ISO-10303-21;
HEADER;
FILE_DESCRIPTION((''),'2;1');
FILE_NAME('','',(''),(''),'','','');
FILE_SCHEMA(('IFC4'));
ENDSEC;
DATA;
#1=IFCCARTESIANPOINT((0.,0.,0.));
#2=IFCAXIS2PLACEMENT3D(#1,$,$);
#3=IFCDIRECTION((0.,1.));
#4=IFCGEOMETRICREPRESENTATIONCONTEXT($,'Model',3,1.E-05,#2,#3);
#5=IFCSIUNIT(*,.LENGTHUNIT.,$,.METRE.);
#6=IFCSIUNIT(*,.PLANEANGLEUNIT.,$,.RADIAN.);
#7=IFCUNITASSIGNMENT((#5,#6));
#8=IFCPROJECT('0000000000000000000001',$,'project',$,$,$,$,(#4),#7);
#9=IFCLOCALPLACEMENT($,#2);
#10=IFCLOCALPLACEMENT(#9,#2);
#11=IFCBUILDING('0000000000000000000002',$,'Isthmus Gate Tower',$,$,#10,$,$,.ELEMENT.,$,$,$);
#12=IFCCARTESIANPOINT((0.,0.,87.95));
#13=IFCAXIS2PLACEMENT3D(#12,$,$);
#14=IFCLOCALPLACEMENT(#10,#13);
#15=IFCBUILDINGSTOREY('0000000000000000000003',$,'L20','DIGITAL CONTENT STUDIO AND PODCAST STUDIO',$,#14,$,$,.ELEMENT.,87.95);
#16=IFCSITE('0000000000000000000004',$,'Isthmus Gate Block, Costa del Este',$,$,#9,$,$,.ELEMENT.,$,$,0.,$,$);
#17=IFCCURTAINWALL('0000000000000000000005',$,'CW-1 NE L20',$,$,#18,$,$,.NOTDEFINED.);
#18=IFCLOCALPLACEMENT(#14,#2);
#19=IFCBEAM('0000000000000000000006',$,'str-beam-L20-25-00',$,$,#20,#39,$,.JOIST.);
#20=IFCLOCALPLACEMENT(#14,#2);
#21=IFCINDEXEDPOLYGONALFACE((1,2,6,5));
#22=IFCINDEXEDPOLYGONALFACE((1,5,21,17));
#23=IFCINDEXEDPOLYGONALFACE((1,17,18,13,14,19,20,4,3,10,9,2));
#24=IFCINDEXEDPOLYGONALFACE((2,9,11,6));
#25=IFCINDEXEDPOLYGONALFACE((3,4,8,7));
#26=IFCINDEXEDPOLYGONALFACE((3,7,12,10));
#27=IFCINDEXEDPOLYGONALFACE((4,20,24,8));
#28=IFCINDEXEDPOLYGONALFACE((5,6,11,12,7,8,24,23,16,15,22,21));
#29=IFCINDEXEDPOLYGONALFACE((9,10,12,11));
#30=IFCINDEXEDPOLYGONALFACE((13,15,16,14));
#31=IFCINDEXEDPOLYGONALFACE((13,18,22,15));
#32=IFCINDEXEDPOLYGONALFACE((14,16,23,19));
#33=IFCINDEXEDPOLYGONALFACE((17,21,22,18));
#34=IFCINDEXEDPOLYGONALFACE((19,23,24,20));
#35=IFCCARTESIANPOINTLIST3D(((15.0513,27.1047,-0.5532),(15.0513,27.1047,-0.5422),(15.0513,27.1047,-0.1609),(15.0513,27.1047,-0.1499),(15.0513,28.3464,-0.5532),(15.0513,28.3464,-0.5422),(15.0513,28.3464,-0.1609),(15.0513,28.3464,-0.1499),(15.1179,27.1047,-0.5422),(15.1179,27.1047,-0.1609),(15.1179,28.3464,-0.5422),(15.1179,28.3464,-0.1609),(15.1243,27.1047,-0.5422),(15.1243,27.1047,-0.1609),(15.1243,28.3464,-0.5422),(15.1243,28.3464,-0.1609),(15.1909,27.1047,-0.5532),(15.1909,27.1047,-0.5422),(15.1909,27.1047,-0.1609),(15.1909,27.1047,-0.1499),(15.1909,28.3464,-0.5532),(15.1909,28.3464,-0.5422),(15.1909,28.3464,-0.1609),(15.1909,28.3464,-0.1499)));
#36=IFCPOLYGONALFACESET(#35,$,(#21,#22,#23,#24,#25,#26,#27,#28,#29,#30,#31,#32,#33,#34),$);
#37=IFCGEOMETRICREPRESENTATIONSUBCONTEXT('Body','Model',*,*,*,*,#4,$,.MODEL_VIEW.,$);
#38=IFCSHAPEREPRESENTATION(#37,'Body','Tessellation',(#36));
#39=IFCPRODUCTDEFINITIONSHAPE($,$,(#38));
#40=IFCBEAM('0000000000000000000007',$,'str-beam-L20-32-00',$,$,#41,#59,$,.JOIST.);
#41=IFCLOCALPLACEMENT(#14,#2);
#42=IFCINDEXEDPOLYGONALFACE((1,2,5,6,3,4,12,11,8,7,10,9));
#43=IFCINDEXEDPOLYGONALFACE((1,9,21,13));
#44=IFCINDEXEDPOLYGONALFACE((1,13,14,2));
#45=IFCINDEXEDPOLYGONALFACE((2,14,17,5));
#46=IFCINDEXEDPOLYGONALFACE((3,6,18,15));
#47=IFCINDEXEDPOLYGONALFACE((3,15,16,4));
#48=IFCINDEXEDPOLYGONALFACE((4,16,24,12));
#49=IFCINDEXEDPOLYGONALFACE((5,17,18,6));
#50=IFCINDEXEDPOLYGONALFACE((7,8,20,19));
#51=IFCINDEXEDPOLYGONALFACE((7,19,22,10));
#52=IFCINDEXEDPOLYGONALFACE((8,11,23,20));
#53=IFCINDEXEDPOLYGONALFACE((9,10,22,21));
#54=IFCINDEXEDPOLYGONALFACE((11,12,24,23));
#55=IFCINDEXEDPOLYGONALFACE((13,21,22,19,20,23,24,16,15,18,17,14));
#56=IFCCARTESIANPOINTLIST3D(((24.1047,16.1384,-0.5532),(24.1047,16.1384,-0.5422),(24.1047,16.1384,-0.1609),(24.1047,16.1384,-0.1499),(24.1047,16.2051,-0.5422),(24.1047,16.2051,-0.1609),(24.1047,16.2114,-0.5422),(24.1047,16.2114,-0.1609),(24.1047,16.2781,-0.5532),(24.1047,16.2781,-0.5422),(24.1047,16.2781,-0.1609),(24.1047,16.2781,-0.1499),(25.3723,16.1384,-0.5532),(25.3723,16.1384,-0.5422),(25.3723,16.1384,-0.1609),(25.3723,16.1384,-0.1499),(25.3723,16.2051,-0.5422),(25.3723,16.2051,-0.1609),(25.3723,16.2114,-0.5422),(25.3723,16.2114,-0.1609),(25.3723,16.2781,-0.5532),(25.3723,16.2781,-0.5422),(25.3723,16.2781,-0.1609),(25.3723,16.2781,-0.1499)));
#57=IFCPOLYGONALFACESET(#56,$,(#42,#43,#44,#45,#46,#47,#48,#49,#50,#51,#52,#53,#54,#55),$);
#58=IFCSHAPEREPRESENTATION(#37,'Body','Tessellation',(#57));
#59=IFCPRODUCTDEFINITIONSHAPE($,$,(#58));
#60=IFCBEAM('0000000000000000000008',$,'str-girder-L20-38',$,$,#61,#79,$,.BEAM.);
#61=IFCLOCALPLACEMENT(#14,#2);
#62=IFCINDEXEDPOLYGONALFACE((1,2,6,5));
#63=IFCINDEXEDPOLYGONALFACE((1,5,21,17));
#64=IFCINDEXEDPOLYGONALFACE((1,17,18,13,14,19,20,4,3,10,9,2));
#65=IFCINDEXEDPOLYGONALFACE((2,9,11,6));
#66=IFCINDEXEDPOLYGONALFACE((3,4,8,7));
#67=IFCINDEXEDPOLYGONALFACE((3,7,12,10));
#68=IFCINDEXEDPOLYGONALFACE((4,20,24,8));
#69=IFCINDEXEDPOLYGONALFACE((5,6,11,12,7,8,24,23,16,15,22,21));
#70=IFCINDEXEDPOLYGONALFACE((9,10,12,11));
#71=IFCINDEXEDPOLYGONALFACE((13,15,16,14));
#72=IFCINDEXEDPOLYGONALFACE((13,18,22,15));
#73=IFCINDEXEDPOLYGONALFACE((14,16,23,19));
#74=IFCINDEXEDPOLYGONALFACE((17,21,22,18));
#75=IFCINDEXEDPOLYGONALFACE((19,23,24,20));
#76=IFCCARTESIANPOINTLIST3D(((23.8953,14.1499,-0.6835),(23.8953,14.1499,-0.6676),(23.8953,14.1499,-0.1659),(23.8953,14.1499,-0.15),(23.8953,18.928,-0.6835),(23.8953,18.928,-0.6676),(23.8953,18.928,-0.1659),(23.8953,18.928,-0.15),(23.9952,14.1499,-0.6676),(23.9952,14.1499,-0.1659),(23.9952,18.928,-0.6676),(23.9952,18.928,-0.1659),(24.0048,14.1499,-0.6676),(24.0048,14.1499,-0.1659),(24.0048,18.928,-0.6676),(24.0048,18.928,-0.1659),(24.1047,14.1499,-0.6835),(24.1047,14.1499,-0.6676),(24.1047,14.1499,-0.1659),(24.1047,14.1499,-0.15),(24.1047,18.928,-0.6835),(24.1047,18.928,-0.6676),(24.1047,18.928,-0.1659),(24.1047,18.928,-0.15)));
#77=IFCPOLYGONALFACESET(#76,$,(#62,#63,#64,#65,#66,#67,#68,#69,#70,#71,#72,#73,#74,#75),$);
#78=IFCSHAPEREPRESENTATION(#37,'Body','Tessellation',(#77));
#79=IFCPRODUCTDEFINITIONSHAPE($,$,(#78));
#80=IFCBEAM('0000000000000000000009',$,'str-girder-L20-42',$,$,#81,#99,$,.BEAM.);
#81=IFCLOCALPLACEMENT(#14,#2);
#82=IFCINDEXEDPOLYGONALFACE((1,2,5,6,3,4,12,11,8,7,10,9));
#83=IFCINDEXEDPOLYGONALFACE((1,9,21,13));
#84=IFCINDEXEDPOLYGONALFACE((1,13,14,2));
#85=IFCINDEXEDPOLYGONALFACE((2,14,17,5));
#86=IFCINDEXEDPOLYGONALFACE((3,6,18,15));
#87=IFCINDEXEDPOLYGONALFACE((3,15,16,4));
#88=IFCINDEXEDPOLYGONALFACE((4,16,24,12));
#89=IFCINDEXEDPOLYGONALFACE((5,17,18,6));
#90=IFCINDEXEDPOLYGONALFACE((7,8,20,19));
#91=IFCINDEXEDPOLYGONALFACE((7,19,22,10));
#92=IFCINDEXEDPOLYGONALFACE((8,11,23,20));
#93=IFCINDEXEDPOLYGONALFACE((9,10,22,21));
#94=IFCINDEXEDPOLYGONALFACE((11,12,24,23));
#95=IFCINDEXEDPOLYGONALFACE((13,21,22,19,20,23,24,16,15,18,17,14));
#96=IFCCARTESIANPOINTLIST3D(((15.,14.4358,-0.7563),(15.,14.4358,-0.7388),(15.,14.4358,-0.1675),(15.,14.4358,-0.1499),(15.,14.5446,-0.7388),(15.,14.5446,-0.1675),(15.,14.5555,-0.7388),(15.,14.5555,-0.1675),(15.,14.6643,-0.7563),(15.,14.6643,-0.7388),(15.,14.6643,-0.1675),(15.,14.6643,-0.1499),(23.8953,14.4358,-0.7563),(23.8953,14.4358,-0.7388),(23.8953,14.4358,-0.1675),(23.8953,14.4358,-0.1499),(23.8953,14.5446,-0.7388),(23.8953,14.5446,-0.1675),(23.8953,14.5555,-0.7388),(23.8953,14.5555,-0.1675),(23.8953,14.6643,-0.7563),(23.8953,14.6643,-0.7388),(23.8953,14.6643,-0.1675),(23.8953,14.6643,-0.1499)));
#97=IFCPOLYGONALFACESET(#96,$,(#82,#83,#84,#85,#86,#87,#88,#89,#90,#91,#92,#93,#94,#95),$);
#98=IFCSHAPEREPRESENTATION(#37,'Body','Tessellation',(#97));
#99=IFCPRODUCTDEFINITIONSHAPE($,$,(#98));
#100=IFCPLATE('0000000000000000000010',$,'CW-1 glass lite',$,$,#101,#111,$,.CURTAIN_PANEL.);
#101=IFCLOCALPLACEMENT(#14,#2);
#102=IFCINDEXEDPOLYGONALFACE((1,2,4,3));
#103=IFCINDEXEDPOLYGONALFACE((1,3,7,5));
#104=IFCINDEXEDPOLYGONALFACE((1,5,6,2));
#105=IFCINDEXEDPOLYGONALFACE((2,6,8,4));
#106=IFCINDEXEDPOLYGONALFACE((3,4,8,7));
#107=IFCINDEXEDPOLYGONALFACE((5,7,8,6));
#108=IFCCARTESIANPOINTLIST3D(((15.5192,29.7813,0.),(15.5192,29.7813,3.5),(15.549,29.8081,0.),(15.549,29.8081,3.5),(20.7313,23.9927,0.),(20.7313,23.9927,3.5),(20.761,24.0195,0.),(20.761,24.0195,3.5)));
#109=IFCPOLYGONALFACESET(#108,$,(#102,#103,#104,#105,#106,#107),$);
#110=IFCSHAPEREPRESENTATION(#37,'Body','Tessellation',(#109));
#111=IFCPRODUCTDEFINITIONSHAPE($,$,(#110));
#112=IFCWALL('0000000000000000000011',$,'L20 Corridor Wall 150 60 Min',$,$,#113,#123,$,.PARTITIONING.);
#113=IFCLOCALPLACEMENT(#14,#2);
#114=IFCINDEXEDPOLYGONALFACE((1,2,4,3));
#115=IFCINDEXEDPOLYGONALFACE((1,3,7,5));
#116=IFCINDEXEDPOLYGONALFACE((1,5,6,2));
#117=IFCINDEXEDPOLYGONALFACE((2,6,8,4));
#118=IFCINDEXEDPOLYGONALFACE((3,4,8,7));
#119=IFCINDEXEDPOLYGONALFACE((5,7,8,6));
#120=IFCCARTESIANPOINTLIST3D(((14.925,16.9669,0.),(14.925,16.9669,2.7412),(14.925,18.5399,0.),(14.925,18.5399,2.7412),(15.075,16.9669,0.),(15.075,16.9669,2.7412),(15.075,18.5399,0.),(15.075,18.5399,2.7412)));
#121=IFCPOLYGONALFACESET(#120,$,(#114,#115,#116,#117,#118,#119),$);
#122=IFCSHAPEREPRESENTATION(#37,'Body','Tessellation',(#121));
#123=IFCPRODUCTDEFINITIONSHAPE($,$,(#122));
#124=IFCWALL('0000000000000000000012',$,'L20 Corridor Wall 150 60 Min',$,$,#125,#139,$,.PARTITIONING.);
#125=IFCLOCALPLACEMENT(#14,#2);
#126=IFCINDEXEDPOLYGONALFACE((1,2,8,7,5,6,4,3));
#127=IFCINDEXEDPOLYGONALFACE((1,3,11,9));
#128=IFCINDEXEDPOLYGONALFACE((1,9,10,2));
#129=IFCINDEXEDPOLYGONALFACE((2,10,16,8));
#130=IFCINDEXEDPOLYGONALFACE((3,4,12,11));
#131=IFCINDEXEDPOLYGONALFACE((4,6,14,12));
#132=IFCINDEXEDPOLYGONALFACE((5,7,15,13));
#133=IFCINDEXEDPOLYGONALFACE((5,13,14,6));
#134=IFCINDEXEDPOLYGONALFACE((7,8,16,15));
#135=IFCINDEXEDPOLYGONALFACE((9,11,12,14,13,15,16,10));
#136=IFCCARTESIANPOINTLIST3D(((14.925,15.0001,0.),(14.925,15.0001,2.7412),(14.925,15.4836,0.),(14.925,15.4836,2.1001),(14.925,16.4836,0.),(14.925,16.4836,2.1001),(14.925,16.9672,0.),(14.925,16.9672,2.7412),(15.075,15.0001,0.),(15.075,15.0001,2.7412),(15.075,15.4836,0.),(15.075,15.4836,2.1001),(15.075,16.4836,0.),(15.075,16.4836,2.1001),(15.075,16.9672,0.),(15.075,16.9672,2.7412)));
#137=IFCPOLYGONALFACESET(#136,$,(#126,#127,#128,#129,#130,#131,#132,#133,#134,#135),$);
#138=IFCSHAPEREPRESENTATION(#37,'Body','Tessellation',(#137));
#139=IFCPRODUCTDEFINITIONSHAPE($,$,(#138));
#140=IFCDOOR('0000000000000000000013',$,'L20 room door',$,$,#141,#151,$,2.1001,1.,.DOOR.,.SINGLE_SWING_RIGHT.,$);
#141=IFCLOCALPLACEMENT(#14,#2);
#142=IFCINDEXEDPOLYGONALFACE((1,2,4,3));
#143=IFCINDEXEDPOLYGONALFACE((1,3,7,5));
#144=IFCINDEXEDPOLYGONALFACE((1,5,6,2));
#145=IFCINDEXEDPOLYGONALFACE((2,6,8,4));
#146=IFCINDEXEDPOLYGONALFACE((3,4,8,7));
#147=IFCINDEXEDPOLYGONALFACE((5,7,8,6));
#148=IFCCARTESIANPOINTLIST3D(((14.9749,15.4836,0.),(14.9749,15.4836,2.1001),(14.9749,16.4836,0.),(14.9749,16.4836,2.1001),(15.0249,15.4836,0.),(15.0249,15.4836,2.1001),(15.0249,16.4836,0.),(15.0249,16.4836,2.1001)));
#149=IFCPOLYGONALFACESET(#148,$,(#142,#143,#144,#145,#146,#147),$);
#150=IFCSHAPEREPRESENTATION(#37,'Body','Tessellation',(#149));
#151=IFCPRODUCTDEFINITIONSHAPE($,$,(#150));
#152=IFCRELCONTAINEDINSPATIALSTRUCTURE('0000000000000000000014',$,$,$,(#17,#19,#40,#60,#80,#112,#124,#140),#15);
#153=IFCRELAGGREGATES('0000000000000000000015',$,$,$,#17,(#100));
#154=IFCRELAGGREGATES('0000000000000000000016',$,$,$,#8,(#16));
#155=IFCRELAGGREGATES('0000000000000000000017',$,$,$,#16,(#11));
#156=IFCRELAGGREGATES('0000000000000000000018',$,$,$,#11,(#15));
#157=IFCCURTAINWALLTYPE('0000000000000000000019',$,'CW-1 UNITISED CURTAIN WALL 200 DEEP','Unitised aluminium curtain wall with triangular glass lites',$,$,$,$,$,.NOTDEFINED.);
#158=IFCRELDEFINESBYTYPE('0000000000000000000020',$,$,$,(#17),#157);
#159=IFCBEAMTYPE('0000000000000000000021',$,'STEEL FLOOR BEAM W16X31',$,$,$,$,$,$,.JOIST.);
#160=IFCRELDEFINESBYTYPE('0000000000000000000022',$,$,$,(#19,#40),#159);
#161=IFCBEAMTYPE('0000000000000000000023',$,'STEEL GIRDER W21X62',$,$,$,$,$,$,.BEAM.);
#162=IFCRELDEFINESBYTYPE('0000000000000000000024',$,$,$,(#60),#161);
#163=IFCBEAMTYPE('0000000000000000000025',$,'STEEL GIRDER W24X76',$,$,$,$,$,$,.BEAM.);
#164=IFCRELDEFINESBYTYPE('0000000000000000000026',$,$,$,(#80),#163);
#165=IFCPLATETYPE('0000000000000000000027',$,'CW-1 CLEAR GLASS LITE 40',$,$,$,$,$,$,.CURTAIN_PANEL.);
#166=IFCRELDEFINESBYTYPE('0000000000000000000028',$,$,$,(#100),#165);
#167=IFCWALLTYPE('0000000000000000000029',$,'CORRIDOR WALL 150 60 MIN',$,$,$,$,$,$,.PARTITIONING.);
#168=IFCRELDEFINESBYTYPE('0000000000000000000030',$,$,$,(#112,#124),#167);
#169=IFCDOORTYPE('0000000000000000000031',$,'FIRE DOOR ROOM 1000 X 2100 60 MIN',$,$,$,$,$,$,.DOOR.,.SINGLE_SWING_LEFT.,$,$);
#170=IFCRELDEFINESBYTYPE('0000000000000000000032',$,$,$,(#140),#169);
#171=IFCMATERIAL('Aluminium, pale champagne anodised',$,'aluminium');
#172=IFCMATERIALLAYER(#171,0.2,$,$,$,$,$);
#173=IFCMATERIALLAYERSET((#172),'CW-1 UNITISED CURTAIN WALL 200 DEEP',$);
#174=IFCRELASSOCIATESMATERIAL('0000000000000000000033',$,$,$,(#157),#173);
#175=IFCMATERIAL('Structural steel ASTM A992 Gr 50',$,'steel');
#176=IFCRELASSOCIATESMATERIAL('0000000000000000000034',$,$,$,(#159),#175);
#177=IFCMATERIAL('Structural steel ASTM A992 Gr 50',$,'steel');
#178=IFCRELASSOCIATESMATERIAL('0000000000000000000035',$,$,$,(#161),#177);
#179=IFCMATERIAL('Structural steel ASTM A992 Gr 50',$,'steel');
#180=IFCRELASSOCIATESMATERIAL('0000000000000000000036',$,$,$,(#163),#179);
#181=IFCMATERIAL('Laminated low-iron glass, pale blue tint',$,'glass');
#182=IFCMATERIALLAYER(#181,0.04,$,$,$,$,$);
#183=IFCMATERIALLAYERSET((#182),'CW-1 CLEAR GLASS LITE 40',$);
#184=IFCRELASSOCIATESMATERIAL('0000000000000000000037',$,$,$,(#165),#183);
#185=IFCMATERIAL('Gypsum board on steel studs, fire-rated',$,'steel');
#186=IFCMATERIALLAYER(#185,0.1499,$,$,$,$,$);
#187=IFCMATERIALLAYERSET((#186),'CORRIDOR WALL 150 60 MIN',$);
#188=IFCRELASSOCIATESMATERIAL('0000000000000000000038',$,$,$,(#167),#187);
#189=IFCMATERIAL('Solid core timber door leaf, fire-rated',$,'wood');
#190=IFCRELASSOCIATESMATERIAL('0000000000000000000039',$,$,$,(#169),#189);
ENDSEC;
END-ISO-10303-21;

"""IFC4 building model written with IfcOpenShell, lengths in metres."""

from ifc_helpers import new_model, si_unit, direction, frame, frame_2d, origin, origin_2d, place, context, subcontext, project, spatial, rectangle, i_section, extrude, material, layer, layer_set, material_profile, profile_set, type_object, element, fill, aggregate, save


model = new_model("IFC4")

# Units and contexts
model_context = context("Model", 3, precision=1e-05, world=origin(), true_north=direction((0.0, 1.0)))
body_context = subcontext(model_context, "Body", "Model", "MODEL_VIEW")
ifc_project = project(units=[si_unit("LENGTHUNIT", "METRE"), si_unit("PLANEANGLEUNIT", "RADIAN")], contexts=[model_context])

# Site, building, storey
site_placement = place(None, origin())
site = spatial("IfcSite", under=ifc_project, at=site_placement, Name="Isthmus Gate Block, Costa del Este", CompositionType="ELEMENT", RefElevation=0.0)
building_placement = place(site_placement, origin())
building = spatial("IfcBuilding", under=site, at=building_placement, Name="Isthmus Gate Tower", CompositionType="ELEMENT")
storey_placement = place(building_placement, frame((0.0, 0.0, 87.95)))
storey = spatial("IfcBuildingStorey", under=building, at=storey_placement, Name="L20", Description="DIGITAL CONTENT STUDIO AND PODCAST STUDIO", CompositionType="ELEMENT", Elevation=87.95)

# Curtain wall
ifc_material_1 = material(Name="Aluminium, pale champagne anodised", Category="aluminium")
ifc_layer_1 = layer(ifc_material_1, 0.2)
ifc_layer_set_1 = layer_set([ifc_layer_1], Name="CW-1 UNITISED CURTAIN WALL 200 DEEP")
curtain_wall_type = type_object("IfcCurtainWallType", Name="CW-1 UNITISED CURTAIN WALL 200 DEEP", Description="Unitised aluminium curtain wall with triangular glass lites", PredefinedType="NOTDEFINED", material=ifc_layer_set_1)
curtain_wall_1_placement = place(storey_placement, origin())
curtain_wall_1 = element("IfcCurtainWall", 1, at=curtain_wall_1_placement, inside=storey, type_object=curtain_wall_type, Name="CW-1 NE L20", PredefinedType="NOTDEFINED")

# Beams
ifc_material_2 = material(Name="Structural steel ASTM A992 Gr 50", Category="steel")
ifc_material_profile_1 = material_profile(ifc_material_2, i_section(OverallWidth=0.1396, OverallDepth=0.4033, WebThickness=0.0063, FlangeThickness=0.011, at=origin_2d()), Name="W16X31")
ifc_profile_set_1 = profile_set([ifc_material_profile_1], Name="Structural steel ASTM A992 Gr 50")
beam_type_1 = type_object("IfcBeamType", Name="STEEL FLOOR BEAM W16X31", PredefinedType="JOIST", material=ifc_profile_set_1)
beam_1_placement = place(storey_placement, frame((15.1211, 27.1047, -0.3516), z_axis=(0.0, 1.0, 0.0), x_axis=(-1.0, 0.0, 0.0)))
element("IfcBeam", 2, at=beam_1_placement, inside=storey, type_object=beam_type_1, Name="str-beam-L20-25-00", PredefinedType="JOIST", context=body_context, shape_type="SweptSolid", body=[
    extrude(i_section(OverallWidth=0.1396, OverallDepth=0.4033, WebThickness=0.0063, FlangeThickness=0.011, at=origin_2d()), origin(), (0.0, 0.0, 1.0), 1.2417),
])
beam_2_placement = place(storey_placement, frame((24.1047, 16.2083, -0.3516), z_axis=(1.0, 0.0, 0.0), x_axis=(0.0, 1.0, 0.0)))
element("IfcBeam", 3, at=beam_2_placement, inside=storey, type_object=beam_type_1, Name="str-beam-L20-32-00", PredefinedType="JOIST", context=body_context, shape_type="SweptSolid", body=[
    extrude(i_section(OverallWidth=0.1396, OverallDepth=0.4033, WebThickness=0.0063, FlangeThickness=0.011, at=origin_2d()), origin(), (0.0, 0.0, 1.0), 1.2676),
])
ifc_material_3 = material(Name="Structural steel ASTM A992 Gr 50", Category="steel")
ifc_material_profile_2 = material_profile(ifc_material_3, i_section(OverallWidth=0.2095, OverallDepth=0.5334, WebThickness=0.0095, FlangeThickness=0.0159, at=origin_2d()), Name="W21X62")
ifc_profile_set_2 = profile_set([ifc_material_profile_2], Name="Structural steel ASTM A992 Gr 50")
beam_type_2 = type_object("IfcBeamType", Name="STEEL GIRDER W21X62", PredefinedType="BEAM", material=ifc_profile_set_2)
beam_3_placement = place(storey_placement, frame((24.0, 14.1499, -0.4167), z_axis=(0.0, 1.0, 0.0), x_axis=(-1.0, 0.0, 0.0)))
element("IfcBeam", 4, at=beam_3_placement, inside=storey, type_object=beam_type_2, Name="str-girder-L20-38", PredefinedType="BEAM", context=body_context, shape_type="SweptSolid", body=[
    extrude(i_section(OverallWidth=0.2095, OverallDepth=0.5334, WebThickness=0.0095, FlangeThickness=0.0159, at=origin_2d()), origin(), (0.0, 0.0, 1.0), 4.7781),
])
ifc_material_4 = material(Name="Structural steel ASTM A992 Gr 50", Category="steel")
ifc_material_profile_3 = material_profile(ifc_material_4, i_section(OverallWidth=0.2285, OverallDepth=0.6064, WebThickness=0.011, FlangeThickness=0.0176, at=origin_2d()), Name="W24X76")
ifc_profile_set_3 = profile_set([ifc_material_profile_3], Name="Structural steel ASTM A992 Gr 50")
beam_type_3 = type_object("IfcBeamType", Name="STEEL GIRDER W24X76", PredefinedType="BEAM", material=ifc_profile_set_3)
beam_4_placement = place(storey_placement, frame((15.0, 14.55, -0.4531), z_axis=(1.0, 0.0, 0.0), x_axis=(0.0, 1.0, 0.0)))
element("IfcBeam", 5, at=beam_4_placement, inside=storey, type_object=beam_type_3, Name="str-girder-L20-42", PredefinedType="BEAM", context=body_context, shape_type="SweptSolid", body=[
    extrude(i_section(OverallWidth=0.2285, OverallDepth=0.6064, WebThickness=0.011, FlangeThickness=0.0176, at=origin_2d()), origin(), (0.0, 0.0, 1.0), 8.8953),
])

# Plate
ifc_material_5 = material(Name="Laminated low-iron glass, pale blue tint", Category="glass")
ifc_layer_2 = layer(ifc_material_5, 0.04)
ifc_layer_set_2 = layer_set([ifc_layer_2], Name="CW-1 CLEAR GLASS LITE 40")
plate_type = type_object("IfcPlateType", Name="CW-1 CLEAR GLASS LITE 40", PredefinedType="CURTAIN_PANEL", material=ifc_layer_set_2)
plate_placement = place(storey_placement, frame((18.1401, 26.9004, 0.0), z_axis=(0.0, 0.0, 1.0), x_axis=(-0.669131, 0.743145, 0.0)))
plate = element("IfcPlate", 6, at=plate_placement, type_object=plate_type, Name="CW-1 glass lite", PredefinedType="CURTAIN_PANEL", context=body_context, shape_type="SweptSolid", body=[
    extrude(rectangle(XDim=7.7893, YDim=0.04, at=origin_2d()), origin(), (0.0, 0.0, 1.0), 3.5),
])

# Wall
ifc_material_6 = material(Name="Gypsum board on steel studs, fire-rated", Category="steel")
ifc_layer_3 = layer(ifc_material_6, 0.1499)
ifc_layer_set_3 = layer_set([ifc_layer_3], Name="CORRIDOR WALL 150 60 MIN")
wall_type_1 = type_object("IfcWallType", Name="CORRIDOR WALL 150 60 MIN", PredefinedType="PARTITIONING", material=ifc_layer_set_3)
wall_1_placement = place(storey_placement, frame((15.0, 18.54, 0.0), z_axis=(0.0, 0.0, 1.0), x_axis=(0.0, -1.0, 0.0)))
element("IfcWall", 7, at=wall_1_placement, inside=storey, type_object=wall_type_1, Name="L20 Corridor Wall 150 60 Min", PredefinedType="PARTITIONING", context=body_context, shape_type="SweptSolid", body=[
    extrude(rectangle(XDim=1.573, YDim=0.1499, at=frame_2d((0.7866, 0.0))), origin(), (0.0, 0.0, 1.0), 2.7412),
])

# Wall, opening, door
wall_2_placement = place(storey_placement, frame((15.0, 16.967, 0.0), z_axis=(0.0, 0.0, 1.0), x_axis=(0.0, -1.0, 0.0)))
wall_2 = element("IfcWall", 8, at=wall_2_placement, inside=storey, type_object=wall_type_1, Name="L20 Corridor Wall 150 60 Min", PredefinedType="PARTITIONING", context=body_context, shape_type="SweptSolid", body=[
    extrude(rectangle(XDim=1.967, YDim=0.1499, at=frame_2d((0.9834, 0.0))), origin(), (0.0, 0.0, 1.0), 2.7412),
])
opening_1_placement = place(wall_2_placement, frame((0.4834, 0.0, 0.0)))
opening_1 = element("IfcOpeningElement", 9, at=opening_1_placement, cuts=wall_2, PredefinedType="OPENING", context=body_context, shape_type="SweptSolid", body=[
    extrude(rectangle(XDim=1.0, YDim=2.1001, at=frame_2d((0.5, 1.05))), frame((0.0, 0.085, 0.0), z_axis=(0.0, -1.0, 0.0), x_axis=(1.0, 0.0, 0.0)), (0.0, 0.0, 1.0), 0.1699),
])
ifc_material_7 = material(Name="Solid core timber door leaf, fire-rated", Category="wood")
door_type = type_object("IfcDoorType", Name="FIRE DOOR ROOM 1000 X 2100 60 MIN", OperationType="SINGLE_SWING_LEFT", PredefinedType="DOOR", material=ifc_material_7)
door_1_placement = place(opening_1_placement, origin())
door_1 = element("IfcDoor", 10, at=door_1_placement, inside=storey, type_object=door_type, Name="L20 room door", OperationType="SINGLE_SWING_RIGHT", OverallHeight=2.1001, OverallWidth=1.0, PredefinedType="DOOR", context=body_context, shape_type="SweptSolid", body=[
    extrude(rectangle(XDim=1.0, YDim=2.1001, at=frame_2d((0.5, 1.05))), frame((0.0, 0.0249, 0.0), z_axis=(0.0, -1.0, 0.0), x_axis=(1.0, 0.0, 0.0)), (0.0, 0.0, 1.0), 0.05),
])
fill(opening_1, door_1)

aggregate(curtain_wall_1, [plate])

save(model, "model.ifc")
